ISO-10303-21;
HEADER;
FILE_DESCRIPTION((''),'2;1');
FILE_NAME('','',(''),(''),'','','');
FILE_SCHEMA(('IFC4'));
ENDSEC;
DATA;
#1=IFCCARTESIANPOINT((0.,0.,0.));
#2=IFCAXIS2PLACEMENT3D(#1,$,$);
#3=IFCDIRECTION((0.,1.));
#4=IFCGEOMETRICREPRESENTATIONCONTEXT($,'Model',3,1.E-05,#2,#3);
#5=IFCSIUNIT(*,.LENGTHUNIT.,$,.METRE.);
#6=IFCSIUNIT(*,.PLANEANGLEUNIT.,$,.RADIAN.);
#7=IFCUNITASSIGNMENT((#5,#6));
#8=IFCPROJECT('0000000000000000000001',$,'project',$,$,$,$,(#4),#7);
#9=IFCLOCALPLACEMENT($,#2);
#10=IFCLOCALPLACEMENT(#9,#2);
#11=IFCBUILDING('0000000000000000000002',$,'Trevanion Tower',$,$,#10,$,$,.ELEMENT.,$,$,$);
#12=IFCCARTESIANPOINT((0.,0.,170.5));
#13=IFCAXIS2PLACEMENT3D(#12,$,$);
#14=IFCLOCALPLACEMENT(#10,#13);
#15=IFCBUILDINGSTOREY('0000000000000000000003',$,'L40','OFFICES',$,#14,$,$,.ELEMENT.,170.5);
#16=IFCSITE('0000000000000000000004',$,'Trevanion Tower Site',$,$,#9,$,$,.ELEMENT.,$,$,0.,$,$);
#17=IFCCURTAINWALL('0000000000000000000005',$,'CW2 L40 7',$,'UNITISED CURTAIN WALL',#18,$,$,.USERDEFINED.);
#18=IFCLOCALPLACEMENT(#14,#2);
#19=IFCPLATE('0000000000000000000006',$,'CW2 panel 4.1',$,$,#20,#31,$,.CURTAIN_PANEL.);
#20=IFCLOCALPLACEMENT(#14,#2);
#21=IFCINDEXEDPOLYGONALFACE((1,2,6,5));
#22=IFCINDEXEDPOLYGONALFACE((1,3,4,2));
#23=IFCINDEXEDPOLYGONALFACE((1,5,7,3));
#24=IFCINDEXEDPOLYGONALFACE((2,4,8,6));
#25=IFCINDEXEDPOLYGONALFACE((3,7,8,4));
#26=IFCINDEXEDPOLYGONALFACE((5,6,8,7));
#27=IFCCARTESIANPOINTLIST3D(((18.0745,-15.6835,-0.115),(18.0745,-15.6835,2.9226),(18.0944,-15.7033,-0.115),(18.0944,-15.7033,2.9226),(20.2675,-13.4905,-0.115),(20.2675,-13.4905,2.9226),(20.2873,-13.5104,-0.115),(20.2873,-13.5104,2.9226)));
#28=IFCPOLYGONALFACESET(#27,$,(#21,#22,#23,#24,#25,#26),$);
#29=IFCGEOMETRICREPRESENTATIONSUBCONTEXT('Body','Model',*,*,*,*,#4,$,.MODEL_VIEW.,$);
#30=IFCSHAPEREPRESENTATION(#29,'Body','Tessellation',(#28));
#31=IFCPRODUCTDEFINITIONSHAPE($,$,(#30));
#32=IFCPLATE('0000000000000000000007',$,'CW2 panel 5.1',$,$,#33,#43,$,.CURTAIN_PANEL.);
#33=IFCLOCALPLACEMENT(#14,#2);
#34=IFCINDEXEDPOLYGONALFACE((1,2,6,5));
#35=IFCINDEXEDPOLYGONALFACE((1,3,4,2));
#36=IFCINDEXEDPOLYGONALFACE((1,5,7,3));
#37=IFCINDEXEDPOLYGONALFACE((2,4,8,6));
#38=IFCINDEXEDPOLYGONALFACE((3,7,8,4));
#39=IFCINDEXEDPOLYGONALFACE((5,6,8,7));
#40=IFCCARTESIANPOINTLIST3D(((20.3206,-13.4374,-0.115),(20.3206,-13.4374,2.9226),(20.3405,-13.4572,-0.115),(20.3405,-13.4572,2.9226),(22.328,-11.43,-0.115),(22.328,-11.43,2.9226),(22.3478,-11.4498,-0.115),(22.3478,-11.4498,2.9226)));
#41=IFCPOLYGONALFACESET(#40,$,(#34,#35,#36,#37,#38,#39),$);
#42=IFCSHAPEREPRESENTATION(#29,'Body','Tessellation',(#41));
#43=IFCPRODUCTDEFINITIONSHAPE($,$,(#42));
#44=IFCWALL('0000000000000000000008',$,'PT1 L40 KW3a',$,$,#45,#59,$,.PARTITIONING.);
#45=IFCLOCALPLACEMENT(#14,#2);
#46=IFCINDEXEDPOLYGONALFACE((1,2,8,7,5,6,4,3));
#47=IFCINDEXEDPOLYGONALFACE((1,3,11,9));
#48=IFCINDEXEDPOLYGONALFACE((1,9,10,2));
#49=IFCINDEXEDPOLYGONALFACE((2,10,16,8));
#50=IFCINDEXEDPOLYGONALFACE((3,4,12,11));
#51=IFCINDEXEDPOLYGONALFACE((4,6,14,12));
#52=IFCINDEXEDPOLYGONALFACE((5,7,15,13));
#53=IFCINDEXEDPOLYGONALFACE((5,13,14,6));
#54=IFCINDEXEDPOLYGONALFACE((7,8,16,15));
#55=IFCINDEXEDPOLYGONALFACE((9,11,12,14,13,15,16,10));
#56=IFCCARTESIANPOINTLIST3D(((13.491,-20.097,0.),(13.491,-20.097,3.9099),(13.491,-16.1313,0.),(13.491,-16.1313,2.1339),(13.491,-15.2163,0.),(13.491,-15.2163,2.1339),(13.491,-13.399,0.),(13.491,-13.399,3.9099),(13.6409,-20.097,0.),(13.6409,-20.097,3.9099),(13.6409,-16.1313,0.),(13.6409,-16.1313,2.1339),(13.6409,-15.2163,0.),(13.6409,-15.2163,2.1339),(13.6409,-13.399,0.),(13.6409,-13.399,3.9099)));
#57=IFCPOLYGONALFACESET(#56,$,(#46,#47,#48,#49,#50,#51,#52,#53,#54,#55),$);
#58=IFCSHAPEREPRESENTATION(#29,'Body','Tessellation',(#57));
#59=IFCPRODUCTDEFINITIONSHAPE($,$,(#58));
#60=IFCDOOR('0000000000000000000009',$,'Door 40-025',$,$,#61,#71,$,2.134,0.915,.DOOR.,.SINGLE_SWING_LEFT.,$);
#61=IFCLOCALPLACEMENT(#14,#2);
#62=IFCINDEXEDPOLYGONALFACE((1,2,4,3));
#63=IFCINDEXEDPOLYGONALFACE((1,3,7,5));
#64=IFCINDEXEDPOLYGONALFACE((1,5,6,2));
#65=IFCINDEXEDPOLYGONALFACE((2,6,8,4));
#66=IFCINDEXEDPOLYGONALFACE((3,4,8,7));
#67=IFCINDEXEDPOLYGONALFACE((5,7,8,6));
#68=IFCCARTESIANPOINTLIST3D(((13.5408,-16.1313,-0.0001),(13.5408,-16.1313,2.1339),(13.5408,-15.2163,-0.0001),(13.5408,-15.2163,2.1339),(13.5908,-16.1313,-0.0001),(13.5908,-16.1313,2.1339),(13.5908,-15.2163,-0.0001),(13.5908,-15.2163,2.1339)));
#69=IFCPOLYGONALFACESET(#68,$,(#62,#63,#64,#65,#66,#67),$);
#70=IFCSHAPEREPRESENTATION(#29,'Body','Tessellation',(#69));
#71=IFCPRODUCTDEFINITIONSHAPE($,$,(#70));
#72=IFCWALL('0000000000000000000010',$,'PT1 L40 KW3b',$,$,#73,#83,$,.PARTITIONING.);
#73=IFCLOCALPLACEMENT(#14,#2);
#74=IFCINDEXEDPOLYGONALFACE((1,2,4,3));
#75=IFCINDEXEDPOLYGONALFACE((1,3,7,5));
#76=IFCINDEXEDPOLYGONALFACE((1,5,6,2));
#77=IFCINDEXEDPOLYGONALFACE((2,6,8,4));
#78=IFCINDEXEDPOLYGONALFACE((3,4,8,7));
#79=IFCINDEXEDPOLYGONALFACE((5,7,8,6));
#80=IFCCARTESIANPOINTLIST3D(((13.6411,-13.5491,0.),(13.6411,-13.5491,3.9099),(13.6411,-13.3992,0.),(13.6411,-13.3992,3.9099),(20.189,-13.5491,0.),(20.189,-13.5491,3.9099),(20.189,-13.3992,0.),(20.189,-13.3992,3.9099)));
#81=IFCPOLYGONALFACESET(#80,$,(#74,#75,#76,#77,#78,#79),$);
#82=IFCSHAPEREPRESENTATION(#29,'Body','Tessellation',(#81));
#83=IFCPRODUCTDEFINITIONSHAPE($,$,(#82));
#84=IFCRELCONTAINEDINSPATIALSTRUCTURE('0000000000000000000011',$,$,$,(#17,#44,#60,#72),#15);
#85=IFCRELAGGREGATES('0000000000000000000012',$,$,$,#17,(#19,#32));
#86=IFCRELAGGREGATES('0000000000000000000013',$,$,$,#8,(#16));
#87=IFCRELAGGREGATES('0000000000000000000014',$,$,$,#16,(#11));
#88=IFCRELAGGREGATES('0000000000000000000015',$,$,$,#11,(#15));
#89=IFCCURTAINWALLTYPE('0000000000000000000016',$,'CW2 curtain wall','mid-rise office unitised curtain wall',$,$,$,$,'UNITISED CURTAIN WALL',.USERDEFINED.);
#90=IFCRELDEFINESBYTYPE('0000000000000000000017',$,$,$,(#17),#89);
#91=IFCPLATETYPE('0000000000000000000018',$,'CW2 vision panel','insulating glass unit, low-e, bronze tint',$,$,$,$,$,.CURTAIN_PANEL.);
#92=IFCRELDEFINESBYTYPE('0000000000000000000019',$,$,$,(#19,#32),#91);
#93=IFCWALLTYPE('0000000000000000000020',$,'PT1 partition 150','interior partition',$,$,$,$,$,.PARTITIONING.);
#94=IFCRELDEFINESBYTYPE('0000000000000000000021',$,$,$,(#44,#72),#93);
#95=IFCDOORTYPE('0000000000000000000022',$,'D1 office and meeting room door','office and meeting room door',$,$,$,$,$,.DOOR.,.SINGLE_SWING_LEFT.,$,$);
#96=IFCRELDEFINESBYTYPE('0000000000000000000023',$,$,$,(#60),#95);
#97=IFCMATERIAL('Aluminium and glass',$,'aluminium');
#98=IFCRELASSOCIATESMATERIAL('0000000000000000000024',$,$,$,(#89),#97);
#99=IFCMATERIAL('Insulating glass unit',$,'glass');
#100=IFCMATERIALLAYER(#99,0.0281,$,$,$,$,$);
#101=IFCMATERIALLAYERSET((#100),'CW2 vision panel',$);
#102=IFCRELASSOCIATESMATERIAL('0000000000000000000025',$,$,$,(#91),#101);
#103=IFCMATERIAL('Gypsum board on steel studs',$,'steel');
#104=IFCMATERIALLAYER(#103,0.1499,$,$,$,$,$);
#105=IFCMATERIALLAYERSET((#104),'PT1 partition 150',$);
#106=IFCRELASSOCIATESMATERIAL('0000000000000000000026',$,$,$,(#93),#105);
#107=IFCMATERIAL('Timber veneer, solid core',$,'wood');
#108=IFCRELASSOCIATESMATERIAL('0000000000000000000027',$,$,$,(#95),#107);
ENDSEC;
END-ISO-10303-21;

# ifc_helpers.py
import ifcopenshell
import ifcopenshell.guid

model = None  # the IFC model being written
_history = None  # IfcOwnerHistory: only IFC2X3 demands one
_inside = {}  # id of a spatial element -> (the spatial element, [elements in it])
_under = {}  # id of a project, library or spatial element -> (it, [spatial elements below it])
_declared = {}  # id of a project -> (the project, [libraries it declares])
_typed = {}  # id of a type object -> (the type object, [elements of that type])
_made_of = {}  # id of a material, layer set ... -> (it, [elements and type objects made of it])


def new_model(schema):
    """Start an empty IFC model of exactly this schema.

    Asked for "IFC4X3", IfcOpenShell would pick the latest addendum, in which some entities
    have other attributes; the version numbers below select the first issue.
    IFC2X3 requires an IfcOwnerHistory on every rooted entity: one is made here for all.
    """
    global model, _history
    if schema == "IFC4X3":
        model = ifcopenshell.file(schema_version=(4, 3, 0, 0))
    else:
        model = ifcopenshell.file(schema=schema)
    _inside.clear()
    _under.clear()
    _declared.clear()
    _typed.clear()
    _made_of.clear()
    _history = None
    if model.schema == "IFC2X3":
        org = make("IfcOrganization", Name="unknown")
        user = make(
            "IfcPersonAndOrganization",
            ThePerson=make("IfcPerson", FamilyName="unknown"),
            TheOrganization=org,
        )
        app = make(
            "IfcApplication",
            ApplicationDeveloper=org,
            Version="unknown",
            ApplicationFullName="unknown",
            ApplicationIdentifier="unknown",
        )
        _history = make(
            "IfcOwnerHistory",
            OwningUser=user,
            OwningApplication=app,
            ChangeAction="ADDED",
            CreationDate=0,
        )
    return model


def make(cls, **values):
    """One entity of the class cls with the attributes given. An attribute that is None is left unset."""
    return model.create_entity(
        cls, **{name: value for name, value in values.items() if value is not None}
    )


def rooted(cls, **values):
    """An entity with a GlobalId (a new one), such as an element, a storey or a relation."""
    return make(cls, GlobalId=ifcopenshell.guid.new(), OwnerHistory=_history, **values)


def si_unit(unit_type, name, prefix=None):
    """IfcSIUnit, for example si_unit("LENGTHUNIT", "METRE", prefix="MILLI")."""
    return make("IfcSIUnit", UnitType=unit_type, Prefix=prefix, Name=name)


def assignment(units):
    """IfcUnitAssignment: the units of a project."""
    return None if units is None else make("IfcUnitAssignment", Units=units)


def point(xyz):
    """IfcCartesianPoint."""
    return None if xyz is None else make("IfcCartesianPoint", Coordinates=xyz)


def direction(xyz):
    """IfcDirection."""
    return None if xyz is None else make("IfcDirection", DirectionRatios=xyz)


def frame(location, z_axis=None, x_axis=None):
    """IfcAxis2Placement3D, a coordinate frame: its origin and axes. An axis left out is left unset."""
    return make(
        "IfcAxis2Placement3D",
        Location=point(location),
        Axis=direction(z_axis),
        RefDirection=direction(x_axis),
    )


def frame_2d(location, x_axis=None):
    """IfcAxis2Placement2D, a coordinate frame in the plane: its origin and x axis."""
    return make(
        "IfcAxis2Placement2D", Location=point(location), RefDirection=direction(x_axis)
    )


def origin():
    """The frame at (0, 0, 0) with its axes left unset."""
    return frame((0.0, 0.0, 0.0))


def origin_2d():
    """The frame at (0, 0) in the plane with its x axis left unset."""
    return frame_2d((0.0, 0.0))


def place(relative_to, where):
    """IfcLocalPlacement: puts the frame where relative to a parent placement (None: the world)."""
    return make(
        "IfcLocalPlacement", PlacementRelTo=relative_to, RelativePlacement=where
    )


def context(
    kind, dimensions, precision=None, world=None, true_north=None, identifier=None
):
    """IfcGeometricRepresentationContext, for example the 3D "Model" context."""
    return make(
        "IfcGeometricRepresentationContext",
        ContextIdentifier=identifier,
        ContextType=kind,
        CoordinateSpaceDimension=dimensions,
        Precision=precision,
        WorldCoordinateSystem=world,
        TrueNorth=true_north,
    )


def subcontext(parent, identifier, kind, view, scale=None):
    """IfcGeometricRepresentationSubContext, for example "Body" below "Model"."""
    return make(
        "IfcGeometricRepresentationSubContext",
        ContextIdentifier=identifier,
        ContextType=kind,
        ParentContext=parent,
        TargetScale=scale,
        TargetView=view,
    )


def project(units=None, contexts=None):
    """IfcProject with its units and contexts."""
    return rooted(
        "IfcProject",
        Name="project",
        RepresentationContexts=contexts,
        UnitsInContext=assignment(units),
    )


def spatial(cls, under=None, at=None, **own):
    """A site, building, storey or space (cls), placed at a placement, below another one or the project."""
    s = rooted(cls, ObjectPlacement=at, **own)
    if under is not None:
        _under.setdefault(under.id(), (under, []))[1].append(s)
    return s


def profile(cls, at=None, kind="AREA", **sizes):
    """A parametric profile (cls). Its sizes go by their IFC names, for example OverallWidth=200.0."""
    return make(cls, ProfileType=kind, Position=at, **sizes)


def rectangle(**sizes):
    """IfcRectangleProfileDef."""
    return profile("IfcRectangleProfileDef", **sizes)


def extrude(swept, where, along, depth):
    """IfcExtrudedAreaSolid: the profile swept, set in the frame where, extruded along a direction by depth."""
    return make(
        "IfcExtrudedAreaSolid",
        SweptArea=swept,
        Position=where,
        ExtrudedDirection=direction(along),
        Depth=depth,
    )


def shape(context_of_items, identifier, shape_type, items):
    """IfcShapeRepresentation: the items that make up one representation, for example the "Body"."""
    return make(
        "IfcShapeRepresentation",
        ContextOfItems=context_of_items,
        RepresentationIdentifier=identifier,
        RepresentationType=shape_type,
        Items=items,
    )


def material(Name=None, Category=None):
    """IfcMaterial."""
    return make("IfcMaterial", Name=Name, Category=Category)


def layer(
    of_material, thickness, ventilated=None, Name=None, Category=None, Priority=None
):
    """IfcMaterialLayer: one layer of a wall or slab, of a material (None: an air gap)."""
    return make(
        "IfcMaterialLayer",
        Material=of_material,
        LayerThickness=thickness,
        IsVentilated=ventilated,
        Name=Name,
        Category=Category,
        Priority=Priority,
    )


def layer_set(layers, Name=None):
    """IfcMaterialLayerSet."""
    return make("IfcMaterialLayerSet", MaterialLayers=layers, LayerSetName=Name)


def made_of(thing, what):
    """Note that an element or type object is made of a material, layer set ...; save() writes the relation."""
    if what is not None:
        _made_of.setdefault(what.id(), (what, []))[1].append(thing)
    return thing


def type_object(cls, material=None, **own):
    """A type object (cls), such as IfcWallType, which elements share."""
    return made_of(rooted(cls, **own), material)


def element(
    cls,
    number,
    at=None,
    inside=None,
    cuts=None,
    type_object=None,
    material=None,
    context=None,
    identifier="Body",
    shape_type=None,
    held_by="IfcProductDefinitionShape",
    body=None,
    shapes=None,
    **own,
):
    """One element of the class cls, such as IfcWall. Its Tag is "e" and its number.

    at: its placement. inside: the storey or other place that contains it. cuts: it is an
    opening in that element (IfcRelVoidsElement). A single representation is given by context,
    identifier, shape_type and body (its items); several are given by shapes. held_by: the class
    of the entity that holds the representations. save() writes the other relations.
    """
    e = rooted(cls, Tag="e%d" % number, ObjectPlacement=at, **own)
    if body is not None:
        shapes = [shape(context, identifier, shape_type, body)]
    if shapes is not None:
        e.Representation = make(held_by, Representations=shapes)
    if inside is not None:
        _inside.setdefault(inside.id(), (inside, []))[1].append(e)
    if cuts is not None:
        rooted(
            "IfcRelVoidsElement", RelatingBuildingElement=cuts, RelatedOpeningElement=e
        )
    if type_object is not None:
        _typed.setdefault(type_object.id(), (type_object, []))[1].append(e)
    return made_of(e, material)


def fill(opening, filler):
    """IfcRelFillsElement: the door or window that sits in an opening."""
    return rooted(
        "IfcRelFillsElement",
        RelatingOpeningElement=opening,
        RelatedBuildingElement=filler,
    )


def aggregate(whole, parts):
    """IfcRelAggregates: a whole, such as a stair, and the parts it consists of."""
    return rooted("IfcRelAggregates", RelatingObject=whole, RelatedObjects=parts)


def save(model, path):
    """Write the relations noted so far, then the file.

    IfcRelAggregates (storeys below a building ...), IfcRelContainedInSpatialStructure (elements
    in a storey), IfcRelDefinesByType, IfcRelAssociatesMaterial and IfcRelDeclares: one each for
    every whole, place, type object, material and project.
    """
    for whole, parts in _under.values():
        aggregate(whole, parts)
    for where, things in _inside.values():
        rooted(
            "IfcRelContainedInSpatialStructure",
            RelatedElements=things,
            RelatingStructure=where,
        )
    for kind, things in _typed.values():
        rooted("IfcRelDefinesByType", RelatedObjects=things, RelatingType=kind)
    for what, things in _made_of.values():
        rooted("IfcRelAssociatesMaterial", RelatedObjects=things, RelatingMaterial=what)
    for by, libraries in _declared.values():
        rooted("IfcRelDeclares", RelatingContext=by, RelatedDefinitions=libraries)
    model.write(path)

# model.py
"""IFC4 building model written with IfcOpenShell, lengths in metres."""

from ifc_helpers import new_model, si_unit, direction, frame, frame_2d, origin, origin_2d, place, context, subcontext, project, spatial, rectangle, extrude, material, layer, layer_set, type_object, element, fill, aggregate, save


model = new_model("IFC4")

# Units and contexts
model_context = context("Model", 3, precision=1e-05, world=origin(), true_north=direction((0.0, 1.0)))
body_context = subcontext(model_context, "Body", "Model", "MODEL_VIEW")
ifc_project = project(units=[si_unit("LENGTHUNIT", "METRE"), si_unit("PLANEANGLEUNIT", "RADIAN")], contexts=[model_context])

# Site, building, storey
site_placement = place(None, origin())
site = spatial("IfcSite", under=ifc_project, at=site_placement, Name="Trevanion Tower Site", CompositionType="ELEMENT", RefElevation=0.0)
building_placement = place(site_placement, origin())
building = spatial("IfcBuilding", under=site, at=building_placement, Name="Trevanion Tower", CompositionType="ELEMENT")
storey_placement = place(building_placement, frame((0.0, 0.0, 170.5)))
storey = spatial("IfcBuildingStorey", under=building, at=storey_placement, Name="L40", Description="OFFICES", CompositionType="ELEMENT", Elevation=170.5)

# Curtain wall
ifc_material_1 = material(Name="Aluminium and glass", Category="aluminium")
curtain_wall_type = type_object("IfcCurtainWallType", Name="CW2 curtain wall", Description="mid-rise office unitised curtain wall", ElementType="UNITISED CURTAIN WALL", PredefinedType="USERDEFINED", material=ifc_material_1)
curtain_wall_1_placement = place(storey_placement, origin())
curtain_wall_1 = element("IfcCurtainWall", 1, at=curtain_wall_1_placement, inside=storey, type_object=curtain_wall_type, Name="CW2 L40 7", ObjectType="UNITISED CURTAIN WALL", PredefinedType="USERDEFINED")

# Plates
ifc_material_2 = material(Name="Insulating glass unit", Category="glass")
ifc_layer_1 = layer(ifc_material_2, 0.0281)
ifc_layer_set_1 = layer_set([ifc_layer_1], Name="CW2 vision panel")
plate_type_1 = type_object("IfcPlateType", Name="CW2 vision panel", Description="insulating glass unit, low-e, bronze tint", PredefinedType="CURTAIN_PANEL", material=ifc_layer_set_1)
plate_1_placement = place(storey_placement, frame((19.1809, -14.5969, -0.115), z_axis=(0.0, 0.0, 1.0), x_axis=(0.707107, 0.707107, 0.0)))
plate_1 = element("IfcPlate", 2, at=plate_1_placement, type_object=plate_type_1, Name="CW2 panel 4.1", PredefinedType="CURTAIN_PANEL", context=body_context, shape_type="SweptSolid", body=[
    extrude(rectangle(XDim=3.1013, YDim=0.0281, at=origin_2d()), origin(), (0.0, 0.0, 1.0), 3.0376),
])
plate_2_placement = place(storey_placement, frame((21.3342, -12.4436, -0.115), z_axis=(0.0, 0.0, 1.0), x_axis=(0.707107, 0.707107, 0.0)))
plate_2 = element("IfcPlate", 3, at=plate_2_placement, type_object=plate_type_1, Name="CW2 panel 5.1", PredefinedType="CURTAIN_PANEL", context=body_context, shape_type="SweptSolid", body=[
    extrude(rectangle(XDim=2.8389, YDim=0.0281, at=origin_2d()), origin(), (0.0, 0.0, 1.0), 3.0376),
])
aggregate(curtain_wall_1, [plate_1, plate_2])

# Wall, opening, door
ifc_material_3 = material(Name="Gypsum board on steel studs", Category="steel")
ifc_layer_2 = layer(ifc_material_3, 0.1499)
ifc_layer_set_2 = layer_set([ifc_layer_2], Name="PT1 partition 150")
wall_type = type_object("IfcWallType", Name="PT1 partition 150", Description="interior partition", PredefinedType="PARTITIONING", material=ifc_layer_set_2)
wall_1_placement = place(storey_placement, frame((13.5659, -13.3989, 0.0), z_axis=(0.0, 0.0, 1.0), x_axis=(0.0, -1.0, 0.0)))
wall_1 = element("IfcWall", 4, at=wall_1_placement, inside=storey, type_object=wall_type, Name="PT1 L40 KW3a", PredefinedType="PARTITIONING", context=body_context, shape_type="SweptSolid", body=[
    extrude(rectangle(XDim=6.698, YDim=0.1499, at=frame_2d((3.3491, 0.0))), origin(), (0.0, 0.0, 1.0), 3.9099),
])
opening_placement = place(wall_1_placement, frame((1.8174, 0.0, 0.0)))
opening = element("IfcOpeningElement", 5, at=opening_placement, cuts=wall_1, PredefinedType="OPENING", context=body_context, shape_type="SweptSolid", body=[
    extrude(rectangle(XDim=0.915, YDim=2.134, at=frame_2d((0.4575, 1.0669))), frame((0.0, 0.085, 0.0), z_axis=(0.0, -1.0, 0.0), x_axis=(1.0, 0.0, 0.0)), (0.0, 0.0, 1.0), 0.1699),
])
ifc_material_4 = material(Name="Timber veneer, solid core", Category="wood")
door_type = type_object("IfcDoorType", Name="D1 office and meeting room door", Description="office and meeting room door", OperationType="SINGLE_SWING_LEFT", PredefinedType="DOOR", material=ifc_material_4)
door_placement = place(opening_placement, origin())
door = element("IfcDoor", 6, at=door_placement, inside=storey, type_object=door_type, Name="Door 40-025", OperationType="SINGLE_SWING_LEFT", OverallHeight=2.134, OverallWidth=0.915, PredefinedType="DOOR", context=body_context, shape_type="SweptSolid", body=[
    extrude(rectangle(XDim=0.915, YDim=2.134, at=frame_2d((0.4575, 1.0669))), frame((0.0, 0.0249, 0.0), z_axis=(0.0, -1.0, 0.0), x_axis=(1.0, 0.0, 0.0)), (0.0, 0.0, 1.0), 0.05),
])
fill(opening, door)

# Wall
wall_2_placement = place(storey_placement, frame((13.6411, -13.4741, 0.0), z_axis=(0.0, 0.0, 1.0), x_axis=(1.0, 0.0, 0.0)))
element("IfcWall", 7, at=wall_2_placement, inside=storey, type_object=wall_type, Name="PT1 L40 KW3b", PredefinedType="PARTITIONING", context=body_context, shape_type="SweptSolid", body=[
    extrude(rectangle(XDim=6.5479, YDim=0.1499, at=frame_2d((3.2739, 0.0))), origin(), (0.0, 0.0, 1.0), 3.9099),
])

save(model, "model.ifc")
